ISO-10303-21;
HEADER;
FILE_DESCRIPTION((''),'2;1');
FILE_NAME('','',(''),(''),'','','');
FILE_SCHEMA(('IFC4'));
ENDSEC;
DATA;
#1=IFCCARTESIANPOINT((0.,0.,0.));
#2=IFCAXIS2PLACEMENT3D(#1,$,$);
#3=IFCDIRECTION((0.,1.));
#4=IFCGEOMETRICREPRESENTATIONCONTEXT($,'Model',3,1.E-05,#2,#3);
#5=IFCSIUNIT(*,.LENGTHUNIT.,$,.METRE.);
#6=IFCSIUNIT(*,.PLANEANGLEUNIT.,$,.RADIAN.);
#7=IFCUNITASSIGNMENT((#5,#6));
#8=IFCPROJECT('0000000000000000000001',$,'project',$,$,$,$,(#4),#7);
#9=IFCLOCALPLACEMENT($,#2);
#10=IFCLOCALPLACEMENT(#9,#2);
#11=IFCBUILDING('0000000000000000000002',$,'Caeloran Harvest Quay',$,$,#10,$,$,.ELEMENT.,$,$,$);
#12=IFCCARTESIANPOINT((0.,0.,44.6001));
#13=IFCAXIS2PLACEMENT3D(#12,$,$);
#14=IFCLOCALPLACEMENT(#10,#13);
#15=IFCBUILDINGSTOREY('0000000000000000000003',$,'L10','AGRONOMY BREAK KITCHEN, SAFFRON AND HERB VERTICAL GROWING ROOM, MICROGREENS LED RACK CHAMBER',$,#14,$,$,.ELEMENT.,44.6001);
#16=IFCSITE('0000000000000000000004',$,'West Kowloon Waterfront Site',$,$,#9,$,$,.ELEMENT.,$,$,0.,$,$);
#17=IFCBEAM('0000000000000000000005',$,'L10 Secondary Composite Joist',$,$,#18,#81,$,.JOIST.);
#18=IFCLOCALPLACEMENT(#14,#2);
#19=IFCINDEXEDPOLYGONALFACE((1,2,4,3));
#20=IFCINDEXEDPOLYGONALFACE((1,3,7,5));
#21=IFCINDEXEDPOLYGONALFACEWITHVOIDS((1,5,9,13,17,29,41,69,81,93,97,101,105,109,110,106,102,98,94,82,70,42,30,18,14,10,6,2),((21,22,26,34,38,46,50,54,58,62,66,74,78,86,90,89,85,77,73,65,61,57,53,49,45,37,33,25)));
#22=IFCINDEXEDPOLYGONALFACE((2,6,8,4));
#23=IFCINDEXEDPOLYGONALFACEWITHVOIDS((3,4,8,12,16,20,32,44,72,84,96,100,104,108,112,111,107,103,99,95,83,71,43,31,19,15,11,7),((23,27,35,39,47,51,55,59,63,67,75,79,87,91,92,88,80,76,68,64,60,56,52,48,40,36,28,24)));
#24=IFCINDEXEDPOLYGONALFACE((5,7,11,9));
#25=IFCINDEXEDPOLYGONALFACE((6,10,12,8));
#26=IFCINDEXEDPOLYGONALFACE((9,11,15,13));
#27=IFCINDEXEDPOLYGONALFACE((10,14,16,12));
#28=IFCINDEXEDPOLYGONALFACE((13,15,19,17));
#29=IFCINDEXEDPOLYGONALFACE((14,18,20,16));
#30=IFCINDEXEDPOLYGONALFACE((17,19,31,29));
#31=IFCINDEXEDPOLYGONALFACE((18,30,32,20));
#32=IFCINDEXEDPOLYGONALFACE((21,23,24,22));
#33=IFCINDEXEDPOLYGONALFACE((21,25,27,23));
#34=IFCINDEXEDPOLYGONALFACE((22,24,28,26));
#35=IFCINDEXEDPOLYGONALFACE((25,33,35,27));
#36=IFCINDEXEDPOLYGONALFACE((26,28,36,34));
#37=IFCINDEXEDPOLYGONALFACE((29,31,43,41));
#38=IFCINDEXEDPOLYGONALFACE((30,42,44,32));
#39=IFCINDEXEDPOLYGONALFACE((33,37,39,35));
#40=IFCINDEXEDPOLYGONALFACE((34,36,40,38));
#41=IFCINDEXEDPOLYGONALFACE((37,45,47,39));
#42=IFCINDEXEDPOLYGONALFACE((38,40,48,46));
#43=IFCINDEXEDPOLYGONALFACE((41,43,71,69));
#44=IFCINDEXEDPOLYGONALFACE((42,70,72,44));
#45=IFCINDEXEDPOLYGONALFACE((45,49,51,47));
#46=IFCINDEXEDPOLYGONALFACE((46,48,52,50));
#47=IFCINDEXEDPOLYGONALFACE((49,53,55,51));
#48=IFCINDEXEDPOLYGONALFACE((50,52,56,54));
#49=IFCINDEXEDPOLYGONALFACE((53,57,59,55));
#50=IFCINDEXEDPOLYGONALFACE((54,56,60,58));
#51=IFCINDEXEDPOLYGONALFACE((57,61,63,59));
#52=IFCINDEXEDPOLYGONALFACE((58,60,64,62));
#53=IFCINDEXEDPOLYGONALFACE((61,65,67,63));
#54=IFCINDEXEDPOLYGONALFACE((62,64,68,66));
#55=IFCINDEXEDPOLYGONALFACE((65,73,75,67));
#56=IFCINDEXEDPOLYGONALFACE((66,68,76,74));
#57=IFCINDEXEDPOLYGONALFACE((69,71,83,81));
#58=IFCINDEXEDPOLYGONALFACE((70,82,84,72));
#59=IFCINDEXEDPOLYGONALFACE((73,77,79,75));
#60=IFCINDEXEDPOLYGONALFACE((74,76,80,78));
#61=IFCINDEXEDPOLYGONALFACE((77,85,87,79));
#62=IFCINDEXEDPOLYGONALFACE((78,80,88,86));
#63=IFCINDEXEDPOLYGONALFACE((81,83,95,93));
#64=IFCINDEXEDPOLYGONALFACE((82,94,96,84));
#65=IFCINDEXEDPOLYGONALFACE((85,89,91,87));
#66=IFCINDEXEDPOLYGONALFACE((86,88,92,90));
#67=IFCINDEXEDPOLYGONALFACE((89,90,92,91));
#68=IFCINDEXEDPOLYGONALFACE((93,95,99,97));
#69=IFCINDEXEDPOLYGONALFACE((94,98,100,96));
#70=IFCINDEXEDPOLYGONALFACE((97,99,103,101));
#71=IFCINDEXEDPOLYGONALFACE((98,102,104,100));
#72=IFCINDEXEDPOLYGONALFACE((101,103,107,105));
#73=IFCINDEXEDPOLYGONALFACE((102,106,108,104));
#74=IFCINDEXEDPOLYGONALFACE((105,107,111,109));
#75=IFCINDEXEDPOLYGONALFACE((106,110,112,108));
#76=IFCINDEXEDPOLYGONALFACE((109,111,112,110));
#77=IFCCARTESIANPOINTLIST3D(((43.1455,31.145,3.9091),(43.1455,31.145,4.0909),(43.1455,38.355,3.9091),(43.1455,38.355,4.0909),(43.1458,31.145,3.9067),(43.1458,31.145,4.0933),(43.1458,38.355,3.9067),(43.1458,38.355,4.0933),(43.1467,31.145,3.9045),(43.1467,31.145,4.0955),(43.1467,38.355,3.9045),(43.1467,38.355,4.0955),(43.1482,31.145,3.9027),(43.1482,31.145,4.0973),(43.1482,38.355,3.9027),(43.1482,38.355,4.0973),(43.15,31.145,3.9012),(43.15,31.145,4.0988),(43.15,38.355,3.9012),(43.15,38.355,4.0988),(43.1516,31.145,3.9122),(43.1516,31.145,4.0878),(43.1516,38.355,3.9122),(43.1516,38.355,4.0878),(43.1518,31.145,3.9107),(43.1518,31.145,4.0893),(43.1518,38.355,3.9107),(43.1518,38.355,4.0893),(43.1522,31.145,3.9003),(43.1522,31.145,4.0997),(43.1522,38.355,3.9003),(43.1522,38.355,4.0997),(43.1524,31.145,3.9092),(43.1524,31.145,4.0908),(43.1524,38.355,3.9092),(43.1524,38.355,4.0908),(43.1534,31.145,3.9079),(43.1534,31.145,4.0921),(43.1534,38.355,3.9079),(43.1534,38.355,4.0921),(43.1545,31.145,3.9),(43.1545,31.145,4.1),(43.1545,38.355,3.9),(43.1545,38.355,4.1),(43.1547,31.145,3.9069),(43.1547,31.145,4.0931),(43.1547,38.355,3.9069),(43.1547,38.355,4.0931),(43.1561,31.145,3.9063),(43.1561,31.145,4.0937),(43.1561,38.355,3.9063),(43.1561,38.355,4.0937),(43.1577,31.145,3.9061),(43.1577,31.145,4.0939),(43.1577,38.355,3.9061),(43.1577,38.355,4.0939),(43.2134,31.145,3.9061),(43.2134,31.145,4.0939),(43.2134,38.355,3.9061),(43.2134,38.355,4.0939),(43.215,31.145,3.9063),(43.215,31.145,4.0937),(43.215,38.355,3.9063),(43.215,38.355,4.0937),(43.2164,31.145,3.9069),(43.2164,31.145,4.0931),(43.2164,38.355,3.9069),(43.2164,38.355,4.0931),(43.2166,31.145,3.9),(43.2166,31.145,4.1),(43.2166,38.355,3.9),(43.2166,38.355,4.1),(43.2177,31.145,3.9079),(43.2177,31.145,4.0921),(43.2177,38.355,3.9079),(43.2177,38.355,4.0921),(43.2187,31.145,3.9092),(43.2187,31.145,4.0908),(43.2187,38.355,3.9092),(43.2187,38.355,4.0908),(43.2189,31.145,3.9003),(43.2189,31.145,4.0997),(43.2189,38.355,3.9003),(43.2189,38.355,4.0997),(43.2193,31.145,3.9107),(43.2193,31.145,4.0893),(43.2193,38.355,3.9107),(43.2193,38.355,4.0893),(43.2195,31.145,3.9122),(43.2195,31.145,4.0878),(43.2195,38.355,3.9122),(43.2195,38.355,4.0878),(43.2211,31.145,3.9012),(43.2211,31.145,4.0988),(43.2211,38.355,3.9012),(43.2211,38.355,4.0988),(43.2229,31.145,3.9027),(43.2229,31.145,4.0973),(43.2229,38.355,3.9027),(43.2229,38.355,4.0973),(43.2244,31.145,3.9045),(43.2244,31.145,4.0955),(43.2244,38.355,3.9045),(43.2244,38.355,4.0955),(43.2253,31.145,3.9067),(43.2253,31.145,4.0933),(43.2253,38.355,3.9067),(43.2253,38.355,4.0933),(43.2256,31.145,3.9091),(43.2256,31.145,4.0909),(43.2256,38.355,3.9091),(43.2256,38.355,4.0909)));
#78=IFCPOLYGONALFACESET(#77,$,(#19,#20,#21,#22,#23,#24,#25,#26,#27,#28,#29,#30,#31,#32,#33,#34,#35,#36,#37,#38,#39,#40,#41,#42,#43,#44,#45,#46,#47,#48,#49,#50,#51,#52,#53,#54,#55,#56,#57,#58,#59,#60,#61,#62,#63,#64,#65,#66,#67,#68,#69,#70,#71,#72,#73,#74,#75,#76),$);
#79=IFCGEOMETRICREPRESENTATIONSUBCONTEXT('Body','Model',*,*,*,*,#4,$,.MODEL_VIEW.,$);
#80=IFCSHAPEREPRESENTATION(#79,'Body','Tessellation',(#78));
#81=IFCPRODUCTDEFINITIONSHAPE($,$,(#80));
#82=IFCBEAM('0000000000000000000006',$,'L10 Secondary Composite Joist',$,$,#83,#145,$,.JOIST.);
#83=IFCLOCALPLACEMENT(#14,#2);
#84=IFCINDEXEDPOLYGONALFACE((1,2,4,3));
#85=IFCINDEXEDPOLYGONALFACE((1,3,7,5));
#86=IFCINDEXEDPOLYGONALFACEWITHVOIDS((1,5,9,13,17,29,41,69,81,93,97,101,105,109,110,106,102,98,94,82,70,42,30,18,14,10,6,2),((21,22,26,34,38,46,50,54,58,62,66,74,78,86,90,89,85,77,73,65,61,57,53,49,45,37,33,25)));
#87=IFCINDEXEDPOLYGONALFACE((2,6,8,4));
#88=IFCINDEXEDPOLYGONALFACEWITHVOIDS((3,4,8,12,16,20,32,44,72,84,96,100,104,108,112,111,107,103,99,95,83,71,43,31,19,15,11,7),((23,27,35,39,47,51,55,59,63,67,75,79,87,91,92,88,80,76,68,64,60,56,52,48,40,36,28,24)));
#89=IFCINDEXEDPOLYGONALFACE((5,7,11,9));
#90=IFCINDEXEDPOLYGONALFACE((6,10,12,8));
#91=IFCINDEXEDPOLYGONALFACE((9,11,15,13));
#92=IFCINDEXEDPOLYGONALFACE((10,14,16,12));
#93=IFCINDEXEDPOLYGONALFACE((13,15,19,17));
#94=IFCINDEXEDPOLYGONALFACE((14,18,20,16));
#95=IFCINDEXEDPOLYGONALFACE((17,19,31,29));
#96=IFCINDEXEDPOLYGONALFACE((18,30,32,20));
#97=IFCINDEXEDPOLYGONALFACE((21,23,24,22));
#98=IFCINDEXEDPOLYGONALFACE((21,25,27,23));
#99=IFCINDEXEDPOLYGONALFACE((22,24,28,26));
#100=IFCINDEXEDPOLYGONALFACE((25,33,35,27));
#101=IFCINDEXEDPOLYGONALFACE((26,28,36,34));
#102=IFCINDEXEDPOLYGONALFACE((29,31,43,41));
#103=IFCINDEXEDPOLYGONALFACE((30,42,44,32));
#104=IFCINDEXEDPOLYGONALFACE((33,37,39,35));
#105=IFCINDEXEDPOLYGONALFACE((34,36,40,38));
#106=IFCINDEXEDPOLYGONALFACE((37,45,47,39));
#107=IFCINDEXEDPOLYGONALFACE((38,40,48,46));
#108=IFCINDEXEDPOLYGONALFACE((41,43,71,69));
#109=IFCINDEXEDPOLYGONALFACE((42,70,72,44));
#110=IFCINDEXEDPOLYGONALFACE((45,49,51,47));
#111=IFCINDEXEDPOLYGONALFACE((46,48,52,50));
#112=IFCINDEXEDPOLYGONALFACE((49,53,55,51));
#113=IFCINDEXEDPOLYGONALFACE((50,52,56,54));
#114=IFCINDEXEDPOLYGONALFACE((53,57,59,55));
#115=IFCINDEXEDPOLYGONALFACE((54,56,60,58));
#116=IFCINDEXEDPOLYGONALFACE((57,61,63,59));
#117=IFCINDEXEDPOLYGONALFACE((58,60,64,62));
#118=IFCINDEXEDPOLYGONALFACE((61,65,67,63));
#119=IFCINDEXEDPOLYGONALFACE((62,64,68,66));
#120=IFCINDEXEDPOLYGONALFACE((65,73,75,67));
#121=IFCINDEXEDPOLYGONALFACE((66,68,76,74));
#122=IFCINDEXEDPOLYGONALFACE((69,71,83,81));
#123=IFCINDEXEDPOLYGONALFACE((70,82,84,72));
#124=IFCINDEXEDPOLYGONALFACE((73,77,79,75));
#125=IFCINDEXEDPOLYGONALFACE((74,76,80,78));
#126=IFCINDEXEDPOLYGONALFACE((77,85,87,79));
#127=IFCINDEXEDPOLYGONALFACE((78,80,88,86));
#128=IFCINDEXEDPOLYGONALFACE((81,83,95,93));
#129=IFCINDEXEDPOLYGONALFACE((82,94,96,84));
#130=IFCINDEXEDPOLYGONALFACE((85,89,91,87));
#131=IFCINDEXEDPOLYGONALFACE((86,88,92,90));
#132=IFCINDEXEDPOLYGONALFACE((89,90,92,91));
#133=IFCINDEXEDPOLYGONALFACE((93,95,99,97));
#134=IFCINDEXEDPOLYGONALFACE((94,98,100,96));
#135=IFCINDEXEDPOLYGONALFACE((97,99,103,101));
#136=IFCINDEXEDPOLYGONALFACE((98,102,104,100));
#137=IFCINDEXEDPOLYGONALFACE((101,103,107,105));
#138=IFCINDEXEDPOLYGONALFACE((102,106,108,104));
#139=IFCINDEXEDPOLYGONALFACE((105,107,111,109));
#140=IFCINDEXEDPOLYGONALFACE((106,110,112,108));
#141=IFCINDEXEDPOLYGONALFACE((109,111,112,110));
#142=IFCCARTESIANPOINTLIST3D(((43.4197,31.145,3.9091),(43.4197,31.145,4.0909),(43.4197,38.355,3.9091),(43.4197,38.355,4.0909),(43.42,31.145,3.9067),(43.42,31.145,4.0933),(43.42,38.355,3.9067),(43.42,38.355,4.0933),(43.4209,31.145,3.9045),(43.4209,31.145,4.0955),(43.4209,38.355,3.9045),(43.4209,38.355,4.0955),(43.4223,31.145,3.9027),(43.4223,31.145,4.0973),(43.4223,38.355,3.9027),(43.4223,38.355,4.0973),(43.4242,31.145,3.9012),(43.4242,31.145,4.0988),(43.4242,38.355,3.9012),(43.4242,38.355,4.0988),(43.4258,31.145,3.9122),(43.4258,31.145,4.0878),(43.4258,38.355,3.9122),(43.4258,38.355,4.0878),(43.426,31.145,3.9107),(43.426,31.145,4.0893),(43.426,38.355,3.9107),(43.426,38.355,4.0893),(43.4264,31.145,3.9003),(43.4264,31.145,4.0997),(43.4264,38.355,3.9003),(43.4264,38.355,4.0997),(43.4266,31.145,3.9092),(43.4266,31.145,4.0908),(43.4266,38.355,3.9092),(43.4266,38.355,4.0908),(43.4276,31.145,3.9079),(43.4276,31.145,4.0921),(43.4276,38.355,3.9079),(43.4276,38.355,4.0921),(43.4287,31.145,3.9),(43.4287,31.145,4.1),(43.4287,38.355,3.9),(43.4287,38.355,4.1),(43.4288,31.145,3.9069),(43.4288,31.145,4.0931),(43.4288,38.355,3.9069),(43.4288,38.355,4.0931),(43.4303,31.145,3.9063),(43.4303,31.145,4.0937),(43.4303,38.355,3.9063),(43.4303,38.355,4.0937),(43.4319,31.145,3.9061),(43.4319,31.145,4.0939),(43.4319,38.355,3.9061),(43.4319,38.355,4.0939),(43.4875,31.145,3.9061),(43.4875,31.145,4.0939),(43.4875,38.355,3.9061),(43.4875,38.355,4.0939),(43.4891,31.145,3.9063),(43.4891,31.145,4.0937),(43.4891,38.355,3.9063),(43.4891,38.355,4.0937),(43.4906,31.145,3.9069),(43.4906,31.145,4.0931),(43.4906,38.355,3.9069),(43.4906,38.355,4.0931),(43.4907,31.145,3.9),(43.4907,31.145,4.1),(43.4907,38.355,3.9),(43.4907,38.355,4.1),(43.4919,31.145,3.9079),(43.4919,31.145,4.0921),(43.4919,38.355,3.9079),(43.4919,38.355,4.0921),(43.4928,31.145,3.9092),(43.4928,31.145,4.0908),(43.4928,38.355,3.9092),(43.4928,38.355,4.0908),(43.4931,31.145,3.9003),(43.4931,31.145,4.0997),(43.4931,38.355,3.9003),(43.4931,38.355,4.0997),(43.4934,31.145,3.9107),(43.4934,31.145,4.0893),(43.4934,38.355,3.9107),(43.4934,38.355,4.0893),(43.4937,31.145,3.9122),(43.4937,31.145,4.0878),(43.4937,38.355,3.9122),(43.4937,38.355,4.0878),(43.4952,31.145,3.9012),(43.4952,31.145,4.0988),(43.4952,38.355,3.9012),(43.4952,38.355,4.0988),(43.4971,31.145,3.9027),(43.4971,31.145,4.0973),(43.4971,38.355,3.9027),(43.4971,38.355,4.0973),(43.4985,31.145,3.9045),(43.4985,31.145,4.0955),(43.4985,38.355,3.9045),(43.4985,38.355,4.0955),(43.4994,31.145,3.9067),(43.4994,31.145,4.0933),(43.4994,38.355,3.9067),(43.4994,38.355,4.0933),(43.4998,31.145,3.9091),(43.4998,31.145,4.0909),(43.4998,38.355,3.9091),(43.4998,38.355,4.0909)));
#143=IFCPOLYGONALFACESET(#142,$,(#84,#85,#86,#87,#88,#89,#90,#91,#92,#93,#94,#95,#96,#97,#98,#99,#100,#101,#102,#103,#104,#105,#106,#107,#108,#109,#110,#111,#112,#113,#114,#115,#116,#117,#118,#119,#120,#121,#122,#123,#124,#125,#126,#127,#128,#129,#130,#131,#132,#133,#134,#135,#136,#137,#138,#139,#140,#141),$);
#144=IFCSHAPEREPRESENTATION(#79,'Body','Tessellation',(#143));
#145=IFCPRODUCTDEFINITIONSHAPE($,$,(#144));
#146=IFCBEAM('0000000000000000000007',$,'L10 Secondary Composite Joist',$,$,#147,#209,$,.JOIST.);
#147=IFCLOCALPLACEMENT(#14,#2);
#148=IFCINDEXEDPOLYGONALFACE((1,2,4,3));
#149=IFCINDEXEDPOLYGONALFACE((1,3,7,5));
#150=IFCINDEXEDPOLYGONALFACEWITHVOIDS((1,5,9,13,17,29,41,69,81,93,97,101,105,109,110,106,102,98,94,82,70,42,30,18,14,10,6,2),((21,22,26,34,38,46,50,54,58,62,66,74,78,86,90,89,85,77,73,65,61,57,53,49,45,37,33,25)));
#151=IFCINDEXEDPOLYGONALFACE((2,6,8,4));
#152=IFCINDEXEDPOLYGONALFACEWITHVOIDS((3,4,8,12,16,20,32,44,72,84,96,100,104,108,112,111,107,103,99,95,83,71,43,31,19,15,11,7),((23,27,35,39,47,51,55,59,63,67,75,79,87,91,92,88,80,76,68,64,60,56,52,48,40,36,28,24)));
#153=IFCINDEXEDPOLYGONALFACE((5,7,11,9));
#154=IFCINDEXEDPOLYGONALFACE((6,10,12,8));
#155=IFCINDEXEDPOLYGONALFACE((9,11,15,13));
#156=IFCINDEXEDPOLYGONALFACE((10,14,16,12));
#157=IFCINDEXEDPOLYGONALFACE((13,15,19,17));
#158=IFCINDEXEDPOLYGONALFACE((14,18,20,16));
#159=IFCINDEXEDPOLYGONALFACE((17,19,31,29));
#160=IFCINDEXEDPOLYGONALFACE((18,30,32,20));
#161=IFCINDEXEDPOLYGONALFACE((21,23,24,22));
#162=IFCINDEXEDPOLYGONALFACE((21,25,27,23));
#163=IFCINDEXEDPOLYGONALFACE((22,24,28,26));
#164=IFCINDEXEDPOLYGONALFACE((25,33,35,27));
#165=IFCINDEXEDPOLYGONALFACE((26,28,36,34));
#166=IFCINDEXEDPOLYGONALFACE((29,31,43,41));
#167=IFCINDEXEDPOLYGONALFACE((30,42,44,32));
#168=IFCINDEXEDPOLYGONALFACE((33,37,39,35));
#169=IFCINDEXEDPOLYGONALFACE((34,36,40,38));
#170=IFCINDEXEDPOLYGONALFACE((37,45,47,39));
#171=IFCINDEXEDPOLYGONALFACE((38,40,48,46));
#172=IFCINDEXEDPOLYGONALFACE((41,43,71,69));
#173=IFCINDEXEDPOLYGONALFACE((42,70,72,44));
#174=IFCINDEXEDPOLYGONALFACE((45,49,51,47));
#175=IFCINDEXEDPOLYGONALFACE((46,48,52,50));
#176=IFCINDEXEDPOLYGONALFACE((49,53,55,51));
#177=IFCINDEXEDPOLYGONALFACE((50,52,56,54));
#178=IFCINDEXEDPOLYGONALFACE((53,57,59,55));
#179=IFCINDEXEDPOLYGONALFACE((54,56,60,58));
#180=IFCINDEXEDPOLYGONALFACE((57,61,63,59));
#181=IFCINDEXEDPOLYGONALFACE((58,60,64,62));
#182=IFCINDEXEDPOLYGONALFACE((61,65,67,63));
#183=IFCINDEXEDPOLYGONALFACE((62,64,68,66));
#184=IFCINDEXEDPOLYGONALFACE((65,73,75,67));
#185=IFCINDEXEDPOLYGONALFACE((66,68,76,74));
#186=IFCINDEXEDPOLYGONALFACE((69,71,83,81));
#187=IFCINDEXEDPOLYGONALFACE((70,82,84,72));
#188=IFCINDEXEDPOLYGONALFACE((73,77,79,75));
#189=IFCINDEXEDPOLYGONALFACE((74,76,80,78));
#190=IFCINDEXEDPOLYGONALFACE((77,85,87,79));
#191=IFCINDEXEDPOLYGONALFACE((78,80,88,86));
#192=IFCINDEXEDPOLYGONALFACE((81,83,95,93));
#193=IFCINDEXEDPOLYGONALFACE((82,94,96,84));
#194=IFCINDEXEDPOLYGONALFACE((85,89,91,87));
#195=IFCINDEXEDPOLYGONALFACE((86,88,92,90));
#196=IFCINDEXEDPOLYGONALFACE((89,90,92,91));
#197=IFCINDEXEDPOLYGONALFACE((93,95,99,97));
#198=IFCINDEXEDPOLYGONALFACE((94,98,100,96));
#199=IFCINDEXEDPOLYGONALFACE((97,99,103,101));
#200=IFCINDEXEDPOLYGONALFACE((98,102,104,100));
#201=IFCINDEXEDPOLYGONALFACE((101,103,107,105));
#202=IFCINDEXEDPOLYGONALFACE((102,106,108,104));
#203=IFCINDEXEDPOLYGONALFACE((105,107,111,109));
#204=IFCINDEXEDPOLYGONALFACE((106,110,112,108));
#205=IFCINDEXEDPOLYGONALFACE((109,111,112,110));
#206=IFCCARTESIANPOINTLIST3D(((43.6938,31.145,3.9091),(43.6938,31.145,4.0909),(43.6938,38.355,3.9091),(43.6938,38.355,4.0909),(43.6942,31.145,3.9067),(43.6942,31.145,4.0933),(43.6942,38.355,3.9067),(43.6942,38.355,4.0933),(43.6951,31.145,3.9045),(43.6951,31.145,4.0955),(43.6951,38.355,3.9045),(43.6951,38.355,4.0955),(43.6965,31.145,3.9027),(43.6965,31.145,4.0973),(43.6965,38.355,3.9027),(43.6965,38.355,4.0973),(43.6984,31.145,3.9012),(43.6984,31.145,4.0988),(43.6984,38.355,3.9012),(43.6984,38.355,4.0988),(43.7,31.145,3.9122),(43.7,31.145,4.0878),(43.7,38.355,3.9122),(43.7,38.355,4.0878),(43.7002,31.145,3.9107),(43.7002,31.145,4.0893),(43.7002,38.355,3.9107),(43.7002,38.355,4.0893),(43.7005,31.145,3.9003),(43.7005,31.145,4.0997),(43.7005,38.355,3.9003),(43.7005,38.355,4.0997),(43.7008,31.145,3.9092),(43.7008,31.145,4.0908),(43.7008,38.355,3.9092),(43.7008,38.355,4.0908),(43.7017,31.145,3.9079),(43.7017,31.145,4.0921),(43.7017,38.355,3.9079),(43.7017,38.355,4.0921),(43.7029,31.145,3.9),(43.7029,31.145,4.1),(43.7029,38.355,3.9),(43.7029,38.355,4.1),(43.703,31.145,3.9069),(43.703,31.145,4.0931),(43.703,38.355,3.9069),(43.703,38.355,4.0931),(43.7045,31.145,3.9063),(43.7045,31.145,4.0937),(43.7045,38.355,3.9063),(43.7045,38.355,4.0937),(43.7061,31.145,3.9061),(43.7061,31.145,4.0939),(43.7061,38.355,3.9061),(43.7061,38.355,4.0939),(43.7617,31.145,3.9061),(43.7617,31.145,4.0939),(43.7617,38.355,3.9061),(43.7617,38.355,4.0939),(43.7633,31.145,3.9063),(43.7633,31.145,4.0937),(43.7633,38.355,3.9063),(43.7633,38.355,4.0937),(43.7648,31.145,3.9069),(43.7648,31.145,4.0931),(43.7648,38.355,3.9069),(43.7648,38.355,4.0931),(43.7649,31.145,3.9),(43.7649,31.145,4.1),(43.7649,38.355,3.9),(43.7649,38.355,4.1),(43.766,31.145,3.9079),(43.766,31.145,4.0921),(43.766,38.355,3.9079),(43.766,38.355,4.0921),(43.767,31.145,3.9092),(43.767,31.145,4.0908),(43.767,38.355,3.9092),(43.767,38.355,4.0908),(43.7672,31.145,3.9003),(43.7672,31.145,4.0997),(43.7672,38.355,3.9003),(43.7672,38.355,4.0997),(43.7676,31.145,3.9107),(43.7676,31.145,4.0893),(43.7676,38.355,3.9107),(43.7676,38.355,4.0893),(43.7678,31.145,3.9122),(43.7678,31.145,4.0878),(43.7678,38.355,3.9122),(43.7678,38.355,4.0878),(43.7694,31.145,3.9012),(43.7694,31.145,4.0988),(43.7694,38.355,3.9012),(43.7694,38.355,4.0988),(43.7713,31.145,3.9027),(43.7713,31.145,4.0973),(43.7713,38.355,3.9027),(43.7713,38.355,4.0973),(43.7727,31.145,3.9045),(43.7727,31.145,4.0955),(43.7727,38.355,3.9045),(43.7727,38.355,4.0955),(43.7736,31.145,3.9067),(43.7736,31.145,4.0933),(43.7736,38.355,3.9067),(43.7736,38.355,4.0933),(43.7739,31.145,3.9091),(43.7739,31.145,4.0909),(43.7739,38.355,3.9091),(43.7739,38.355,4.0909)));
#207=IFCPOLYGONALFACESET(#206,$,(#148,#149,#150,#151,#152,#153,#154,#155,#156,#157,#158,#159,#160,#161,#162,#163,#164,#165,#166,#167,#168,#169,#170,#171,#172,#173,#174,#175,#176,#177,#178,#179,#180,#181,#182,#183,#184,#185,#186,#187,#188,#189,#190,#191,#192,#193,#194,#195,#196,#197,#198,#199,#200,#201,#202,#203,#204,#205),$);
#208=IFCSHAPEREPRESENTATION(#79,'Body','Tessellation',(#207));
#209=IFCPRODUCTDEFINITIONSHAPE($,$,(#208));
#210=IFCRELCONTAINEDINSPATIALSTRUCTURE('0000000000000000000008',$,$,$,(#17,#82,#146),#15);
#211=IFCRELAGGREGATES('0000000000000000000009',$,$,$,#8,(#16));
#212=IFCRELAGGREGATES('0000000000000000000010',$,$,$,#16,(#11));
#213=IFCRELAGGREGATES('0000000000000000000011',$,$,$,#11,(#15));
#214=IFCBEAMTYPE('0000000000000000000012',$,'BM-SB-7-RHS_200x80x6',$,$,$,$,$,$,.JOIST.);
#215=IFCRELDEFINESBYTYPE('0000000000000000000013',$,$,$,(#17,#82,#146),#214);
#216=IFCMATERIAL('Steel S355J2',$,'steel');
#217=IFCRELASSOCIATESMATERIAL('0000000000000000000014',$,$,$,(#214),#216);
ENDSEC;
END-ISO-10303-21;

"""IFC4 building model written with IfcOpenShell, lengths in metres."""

from ifc_helpers import new_model, si_unit, direction, frame, origin, origin_2d, place, context, subcontext, project, spatial, hollow_rectangle, extrude, material, material_profile, profile_set, type_object, element, save


model = new_model("IFC4")

# Units and contexts
model_context = context("Model", 3, precision=1e-05, world=origin(), true_north=direction((0.0, 1.0)))
body_context = subcontext(model_context, "Body", "Model", "MODEL_VIEW")
ifc_project = project(units=[si_unit("LENGTHUNIT", "METRE"), si_unit("PLANEANGLEUNIT", "RADIAN")], contexts=[model_context])

# Site, building, storey
site_placement = place(None, origin())
site = spatial("IfcSite", under=ifc_project, at=site_placement, Name="West Kowloon Waterfront Site", CompositionType="ELEMENT", RefElevation=0.0)
building_placement = place(site_placement, origin())
building = spatial("IfcBuilding", under=site, at=building_placement, Name="Caeloran Harvest Quay", CompositionType="ELEMENT")
storey_placement = place(building_placement, frame((0.0, 0.0, 44.6001)))
storey = spatial("IfcBuildingStorey", under=building, at=storey_placement, Name="L10", Description="AGRONOMY BREAK KITCHEN, SAFFRON AND HERB VERTICAL GROWING ROOM, MICROGREENS LED RACK CHAMBER", CompositionType="ELEMENT", Elevation=44.6001)

# Beams
ifc_material_1 = material(Name="Steel S355J2", Category="steel")
ifc_material_profile_1 = material_profile(ifc_material_1, hollow_rectangle(XDim=0.0801, YDim=0.2, WallThickness=0.0061, InnerFilletRadius=0.0061, OuterFilletRadius=0.009, at=origin_2d()), Name="RHS 200x80x6")
ifc_profile_set_1 = profile_set([ifc_material_profile_1], Name="Steel S355J2")
beam_type_1 = type_object("IfcBeamType", Name="BM-SB-7-RHS_200x80x6", PredefinedType="JOIST", material=ifc_profile_set_1)
for number, where, z_axis, x_axis, name in (
    (1, (43.1855, 31.145, 4.0), (0.0, 1.0, 0.0), (-1.0, 0.0, 0.0), "L10 Secondary Composite Joist"),
    (2, (43.4597, 31.145, 4.0), (0.0, 1.0, 0.0), (-1.0, 0.0, 0.0), "L10 Secondary Composite Joist"),
    (3, (43.7339, 31.145, 4.0), (0.0, 1.0, 0.0), (-1.0, 0.0, 0.0), "L10 Secondary Composite Joist"),
):
    element("IfcBeam", number, at=place(storey_placement, frame(where, z_axis=z_axis, x_axis=x_axis)), inside=storey, type_object=beam_type_1, Name=name, PredefinedType="JOIST", context=body_context, shape_type="SweptSolid", body=[
        extrude(hollow_rectangle(XDim=0.0801, YDim=0.2, WallThickness=0.0061, InnerFilletRadius=0.0061, OuterFilletRadius=0.009, at=origin_2d()), origin(), (0.0, 0.0, 1.0), 7.21),
    ])

save(model, "model.ifc")
